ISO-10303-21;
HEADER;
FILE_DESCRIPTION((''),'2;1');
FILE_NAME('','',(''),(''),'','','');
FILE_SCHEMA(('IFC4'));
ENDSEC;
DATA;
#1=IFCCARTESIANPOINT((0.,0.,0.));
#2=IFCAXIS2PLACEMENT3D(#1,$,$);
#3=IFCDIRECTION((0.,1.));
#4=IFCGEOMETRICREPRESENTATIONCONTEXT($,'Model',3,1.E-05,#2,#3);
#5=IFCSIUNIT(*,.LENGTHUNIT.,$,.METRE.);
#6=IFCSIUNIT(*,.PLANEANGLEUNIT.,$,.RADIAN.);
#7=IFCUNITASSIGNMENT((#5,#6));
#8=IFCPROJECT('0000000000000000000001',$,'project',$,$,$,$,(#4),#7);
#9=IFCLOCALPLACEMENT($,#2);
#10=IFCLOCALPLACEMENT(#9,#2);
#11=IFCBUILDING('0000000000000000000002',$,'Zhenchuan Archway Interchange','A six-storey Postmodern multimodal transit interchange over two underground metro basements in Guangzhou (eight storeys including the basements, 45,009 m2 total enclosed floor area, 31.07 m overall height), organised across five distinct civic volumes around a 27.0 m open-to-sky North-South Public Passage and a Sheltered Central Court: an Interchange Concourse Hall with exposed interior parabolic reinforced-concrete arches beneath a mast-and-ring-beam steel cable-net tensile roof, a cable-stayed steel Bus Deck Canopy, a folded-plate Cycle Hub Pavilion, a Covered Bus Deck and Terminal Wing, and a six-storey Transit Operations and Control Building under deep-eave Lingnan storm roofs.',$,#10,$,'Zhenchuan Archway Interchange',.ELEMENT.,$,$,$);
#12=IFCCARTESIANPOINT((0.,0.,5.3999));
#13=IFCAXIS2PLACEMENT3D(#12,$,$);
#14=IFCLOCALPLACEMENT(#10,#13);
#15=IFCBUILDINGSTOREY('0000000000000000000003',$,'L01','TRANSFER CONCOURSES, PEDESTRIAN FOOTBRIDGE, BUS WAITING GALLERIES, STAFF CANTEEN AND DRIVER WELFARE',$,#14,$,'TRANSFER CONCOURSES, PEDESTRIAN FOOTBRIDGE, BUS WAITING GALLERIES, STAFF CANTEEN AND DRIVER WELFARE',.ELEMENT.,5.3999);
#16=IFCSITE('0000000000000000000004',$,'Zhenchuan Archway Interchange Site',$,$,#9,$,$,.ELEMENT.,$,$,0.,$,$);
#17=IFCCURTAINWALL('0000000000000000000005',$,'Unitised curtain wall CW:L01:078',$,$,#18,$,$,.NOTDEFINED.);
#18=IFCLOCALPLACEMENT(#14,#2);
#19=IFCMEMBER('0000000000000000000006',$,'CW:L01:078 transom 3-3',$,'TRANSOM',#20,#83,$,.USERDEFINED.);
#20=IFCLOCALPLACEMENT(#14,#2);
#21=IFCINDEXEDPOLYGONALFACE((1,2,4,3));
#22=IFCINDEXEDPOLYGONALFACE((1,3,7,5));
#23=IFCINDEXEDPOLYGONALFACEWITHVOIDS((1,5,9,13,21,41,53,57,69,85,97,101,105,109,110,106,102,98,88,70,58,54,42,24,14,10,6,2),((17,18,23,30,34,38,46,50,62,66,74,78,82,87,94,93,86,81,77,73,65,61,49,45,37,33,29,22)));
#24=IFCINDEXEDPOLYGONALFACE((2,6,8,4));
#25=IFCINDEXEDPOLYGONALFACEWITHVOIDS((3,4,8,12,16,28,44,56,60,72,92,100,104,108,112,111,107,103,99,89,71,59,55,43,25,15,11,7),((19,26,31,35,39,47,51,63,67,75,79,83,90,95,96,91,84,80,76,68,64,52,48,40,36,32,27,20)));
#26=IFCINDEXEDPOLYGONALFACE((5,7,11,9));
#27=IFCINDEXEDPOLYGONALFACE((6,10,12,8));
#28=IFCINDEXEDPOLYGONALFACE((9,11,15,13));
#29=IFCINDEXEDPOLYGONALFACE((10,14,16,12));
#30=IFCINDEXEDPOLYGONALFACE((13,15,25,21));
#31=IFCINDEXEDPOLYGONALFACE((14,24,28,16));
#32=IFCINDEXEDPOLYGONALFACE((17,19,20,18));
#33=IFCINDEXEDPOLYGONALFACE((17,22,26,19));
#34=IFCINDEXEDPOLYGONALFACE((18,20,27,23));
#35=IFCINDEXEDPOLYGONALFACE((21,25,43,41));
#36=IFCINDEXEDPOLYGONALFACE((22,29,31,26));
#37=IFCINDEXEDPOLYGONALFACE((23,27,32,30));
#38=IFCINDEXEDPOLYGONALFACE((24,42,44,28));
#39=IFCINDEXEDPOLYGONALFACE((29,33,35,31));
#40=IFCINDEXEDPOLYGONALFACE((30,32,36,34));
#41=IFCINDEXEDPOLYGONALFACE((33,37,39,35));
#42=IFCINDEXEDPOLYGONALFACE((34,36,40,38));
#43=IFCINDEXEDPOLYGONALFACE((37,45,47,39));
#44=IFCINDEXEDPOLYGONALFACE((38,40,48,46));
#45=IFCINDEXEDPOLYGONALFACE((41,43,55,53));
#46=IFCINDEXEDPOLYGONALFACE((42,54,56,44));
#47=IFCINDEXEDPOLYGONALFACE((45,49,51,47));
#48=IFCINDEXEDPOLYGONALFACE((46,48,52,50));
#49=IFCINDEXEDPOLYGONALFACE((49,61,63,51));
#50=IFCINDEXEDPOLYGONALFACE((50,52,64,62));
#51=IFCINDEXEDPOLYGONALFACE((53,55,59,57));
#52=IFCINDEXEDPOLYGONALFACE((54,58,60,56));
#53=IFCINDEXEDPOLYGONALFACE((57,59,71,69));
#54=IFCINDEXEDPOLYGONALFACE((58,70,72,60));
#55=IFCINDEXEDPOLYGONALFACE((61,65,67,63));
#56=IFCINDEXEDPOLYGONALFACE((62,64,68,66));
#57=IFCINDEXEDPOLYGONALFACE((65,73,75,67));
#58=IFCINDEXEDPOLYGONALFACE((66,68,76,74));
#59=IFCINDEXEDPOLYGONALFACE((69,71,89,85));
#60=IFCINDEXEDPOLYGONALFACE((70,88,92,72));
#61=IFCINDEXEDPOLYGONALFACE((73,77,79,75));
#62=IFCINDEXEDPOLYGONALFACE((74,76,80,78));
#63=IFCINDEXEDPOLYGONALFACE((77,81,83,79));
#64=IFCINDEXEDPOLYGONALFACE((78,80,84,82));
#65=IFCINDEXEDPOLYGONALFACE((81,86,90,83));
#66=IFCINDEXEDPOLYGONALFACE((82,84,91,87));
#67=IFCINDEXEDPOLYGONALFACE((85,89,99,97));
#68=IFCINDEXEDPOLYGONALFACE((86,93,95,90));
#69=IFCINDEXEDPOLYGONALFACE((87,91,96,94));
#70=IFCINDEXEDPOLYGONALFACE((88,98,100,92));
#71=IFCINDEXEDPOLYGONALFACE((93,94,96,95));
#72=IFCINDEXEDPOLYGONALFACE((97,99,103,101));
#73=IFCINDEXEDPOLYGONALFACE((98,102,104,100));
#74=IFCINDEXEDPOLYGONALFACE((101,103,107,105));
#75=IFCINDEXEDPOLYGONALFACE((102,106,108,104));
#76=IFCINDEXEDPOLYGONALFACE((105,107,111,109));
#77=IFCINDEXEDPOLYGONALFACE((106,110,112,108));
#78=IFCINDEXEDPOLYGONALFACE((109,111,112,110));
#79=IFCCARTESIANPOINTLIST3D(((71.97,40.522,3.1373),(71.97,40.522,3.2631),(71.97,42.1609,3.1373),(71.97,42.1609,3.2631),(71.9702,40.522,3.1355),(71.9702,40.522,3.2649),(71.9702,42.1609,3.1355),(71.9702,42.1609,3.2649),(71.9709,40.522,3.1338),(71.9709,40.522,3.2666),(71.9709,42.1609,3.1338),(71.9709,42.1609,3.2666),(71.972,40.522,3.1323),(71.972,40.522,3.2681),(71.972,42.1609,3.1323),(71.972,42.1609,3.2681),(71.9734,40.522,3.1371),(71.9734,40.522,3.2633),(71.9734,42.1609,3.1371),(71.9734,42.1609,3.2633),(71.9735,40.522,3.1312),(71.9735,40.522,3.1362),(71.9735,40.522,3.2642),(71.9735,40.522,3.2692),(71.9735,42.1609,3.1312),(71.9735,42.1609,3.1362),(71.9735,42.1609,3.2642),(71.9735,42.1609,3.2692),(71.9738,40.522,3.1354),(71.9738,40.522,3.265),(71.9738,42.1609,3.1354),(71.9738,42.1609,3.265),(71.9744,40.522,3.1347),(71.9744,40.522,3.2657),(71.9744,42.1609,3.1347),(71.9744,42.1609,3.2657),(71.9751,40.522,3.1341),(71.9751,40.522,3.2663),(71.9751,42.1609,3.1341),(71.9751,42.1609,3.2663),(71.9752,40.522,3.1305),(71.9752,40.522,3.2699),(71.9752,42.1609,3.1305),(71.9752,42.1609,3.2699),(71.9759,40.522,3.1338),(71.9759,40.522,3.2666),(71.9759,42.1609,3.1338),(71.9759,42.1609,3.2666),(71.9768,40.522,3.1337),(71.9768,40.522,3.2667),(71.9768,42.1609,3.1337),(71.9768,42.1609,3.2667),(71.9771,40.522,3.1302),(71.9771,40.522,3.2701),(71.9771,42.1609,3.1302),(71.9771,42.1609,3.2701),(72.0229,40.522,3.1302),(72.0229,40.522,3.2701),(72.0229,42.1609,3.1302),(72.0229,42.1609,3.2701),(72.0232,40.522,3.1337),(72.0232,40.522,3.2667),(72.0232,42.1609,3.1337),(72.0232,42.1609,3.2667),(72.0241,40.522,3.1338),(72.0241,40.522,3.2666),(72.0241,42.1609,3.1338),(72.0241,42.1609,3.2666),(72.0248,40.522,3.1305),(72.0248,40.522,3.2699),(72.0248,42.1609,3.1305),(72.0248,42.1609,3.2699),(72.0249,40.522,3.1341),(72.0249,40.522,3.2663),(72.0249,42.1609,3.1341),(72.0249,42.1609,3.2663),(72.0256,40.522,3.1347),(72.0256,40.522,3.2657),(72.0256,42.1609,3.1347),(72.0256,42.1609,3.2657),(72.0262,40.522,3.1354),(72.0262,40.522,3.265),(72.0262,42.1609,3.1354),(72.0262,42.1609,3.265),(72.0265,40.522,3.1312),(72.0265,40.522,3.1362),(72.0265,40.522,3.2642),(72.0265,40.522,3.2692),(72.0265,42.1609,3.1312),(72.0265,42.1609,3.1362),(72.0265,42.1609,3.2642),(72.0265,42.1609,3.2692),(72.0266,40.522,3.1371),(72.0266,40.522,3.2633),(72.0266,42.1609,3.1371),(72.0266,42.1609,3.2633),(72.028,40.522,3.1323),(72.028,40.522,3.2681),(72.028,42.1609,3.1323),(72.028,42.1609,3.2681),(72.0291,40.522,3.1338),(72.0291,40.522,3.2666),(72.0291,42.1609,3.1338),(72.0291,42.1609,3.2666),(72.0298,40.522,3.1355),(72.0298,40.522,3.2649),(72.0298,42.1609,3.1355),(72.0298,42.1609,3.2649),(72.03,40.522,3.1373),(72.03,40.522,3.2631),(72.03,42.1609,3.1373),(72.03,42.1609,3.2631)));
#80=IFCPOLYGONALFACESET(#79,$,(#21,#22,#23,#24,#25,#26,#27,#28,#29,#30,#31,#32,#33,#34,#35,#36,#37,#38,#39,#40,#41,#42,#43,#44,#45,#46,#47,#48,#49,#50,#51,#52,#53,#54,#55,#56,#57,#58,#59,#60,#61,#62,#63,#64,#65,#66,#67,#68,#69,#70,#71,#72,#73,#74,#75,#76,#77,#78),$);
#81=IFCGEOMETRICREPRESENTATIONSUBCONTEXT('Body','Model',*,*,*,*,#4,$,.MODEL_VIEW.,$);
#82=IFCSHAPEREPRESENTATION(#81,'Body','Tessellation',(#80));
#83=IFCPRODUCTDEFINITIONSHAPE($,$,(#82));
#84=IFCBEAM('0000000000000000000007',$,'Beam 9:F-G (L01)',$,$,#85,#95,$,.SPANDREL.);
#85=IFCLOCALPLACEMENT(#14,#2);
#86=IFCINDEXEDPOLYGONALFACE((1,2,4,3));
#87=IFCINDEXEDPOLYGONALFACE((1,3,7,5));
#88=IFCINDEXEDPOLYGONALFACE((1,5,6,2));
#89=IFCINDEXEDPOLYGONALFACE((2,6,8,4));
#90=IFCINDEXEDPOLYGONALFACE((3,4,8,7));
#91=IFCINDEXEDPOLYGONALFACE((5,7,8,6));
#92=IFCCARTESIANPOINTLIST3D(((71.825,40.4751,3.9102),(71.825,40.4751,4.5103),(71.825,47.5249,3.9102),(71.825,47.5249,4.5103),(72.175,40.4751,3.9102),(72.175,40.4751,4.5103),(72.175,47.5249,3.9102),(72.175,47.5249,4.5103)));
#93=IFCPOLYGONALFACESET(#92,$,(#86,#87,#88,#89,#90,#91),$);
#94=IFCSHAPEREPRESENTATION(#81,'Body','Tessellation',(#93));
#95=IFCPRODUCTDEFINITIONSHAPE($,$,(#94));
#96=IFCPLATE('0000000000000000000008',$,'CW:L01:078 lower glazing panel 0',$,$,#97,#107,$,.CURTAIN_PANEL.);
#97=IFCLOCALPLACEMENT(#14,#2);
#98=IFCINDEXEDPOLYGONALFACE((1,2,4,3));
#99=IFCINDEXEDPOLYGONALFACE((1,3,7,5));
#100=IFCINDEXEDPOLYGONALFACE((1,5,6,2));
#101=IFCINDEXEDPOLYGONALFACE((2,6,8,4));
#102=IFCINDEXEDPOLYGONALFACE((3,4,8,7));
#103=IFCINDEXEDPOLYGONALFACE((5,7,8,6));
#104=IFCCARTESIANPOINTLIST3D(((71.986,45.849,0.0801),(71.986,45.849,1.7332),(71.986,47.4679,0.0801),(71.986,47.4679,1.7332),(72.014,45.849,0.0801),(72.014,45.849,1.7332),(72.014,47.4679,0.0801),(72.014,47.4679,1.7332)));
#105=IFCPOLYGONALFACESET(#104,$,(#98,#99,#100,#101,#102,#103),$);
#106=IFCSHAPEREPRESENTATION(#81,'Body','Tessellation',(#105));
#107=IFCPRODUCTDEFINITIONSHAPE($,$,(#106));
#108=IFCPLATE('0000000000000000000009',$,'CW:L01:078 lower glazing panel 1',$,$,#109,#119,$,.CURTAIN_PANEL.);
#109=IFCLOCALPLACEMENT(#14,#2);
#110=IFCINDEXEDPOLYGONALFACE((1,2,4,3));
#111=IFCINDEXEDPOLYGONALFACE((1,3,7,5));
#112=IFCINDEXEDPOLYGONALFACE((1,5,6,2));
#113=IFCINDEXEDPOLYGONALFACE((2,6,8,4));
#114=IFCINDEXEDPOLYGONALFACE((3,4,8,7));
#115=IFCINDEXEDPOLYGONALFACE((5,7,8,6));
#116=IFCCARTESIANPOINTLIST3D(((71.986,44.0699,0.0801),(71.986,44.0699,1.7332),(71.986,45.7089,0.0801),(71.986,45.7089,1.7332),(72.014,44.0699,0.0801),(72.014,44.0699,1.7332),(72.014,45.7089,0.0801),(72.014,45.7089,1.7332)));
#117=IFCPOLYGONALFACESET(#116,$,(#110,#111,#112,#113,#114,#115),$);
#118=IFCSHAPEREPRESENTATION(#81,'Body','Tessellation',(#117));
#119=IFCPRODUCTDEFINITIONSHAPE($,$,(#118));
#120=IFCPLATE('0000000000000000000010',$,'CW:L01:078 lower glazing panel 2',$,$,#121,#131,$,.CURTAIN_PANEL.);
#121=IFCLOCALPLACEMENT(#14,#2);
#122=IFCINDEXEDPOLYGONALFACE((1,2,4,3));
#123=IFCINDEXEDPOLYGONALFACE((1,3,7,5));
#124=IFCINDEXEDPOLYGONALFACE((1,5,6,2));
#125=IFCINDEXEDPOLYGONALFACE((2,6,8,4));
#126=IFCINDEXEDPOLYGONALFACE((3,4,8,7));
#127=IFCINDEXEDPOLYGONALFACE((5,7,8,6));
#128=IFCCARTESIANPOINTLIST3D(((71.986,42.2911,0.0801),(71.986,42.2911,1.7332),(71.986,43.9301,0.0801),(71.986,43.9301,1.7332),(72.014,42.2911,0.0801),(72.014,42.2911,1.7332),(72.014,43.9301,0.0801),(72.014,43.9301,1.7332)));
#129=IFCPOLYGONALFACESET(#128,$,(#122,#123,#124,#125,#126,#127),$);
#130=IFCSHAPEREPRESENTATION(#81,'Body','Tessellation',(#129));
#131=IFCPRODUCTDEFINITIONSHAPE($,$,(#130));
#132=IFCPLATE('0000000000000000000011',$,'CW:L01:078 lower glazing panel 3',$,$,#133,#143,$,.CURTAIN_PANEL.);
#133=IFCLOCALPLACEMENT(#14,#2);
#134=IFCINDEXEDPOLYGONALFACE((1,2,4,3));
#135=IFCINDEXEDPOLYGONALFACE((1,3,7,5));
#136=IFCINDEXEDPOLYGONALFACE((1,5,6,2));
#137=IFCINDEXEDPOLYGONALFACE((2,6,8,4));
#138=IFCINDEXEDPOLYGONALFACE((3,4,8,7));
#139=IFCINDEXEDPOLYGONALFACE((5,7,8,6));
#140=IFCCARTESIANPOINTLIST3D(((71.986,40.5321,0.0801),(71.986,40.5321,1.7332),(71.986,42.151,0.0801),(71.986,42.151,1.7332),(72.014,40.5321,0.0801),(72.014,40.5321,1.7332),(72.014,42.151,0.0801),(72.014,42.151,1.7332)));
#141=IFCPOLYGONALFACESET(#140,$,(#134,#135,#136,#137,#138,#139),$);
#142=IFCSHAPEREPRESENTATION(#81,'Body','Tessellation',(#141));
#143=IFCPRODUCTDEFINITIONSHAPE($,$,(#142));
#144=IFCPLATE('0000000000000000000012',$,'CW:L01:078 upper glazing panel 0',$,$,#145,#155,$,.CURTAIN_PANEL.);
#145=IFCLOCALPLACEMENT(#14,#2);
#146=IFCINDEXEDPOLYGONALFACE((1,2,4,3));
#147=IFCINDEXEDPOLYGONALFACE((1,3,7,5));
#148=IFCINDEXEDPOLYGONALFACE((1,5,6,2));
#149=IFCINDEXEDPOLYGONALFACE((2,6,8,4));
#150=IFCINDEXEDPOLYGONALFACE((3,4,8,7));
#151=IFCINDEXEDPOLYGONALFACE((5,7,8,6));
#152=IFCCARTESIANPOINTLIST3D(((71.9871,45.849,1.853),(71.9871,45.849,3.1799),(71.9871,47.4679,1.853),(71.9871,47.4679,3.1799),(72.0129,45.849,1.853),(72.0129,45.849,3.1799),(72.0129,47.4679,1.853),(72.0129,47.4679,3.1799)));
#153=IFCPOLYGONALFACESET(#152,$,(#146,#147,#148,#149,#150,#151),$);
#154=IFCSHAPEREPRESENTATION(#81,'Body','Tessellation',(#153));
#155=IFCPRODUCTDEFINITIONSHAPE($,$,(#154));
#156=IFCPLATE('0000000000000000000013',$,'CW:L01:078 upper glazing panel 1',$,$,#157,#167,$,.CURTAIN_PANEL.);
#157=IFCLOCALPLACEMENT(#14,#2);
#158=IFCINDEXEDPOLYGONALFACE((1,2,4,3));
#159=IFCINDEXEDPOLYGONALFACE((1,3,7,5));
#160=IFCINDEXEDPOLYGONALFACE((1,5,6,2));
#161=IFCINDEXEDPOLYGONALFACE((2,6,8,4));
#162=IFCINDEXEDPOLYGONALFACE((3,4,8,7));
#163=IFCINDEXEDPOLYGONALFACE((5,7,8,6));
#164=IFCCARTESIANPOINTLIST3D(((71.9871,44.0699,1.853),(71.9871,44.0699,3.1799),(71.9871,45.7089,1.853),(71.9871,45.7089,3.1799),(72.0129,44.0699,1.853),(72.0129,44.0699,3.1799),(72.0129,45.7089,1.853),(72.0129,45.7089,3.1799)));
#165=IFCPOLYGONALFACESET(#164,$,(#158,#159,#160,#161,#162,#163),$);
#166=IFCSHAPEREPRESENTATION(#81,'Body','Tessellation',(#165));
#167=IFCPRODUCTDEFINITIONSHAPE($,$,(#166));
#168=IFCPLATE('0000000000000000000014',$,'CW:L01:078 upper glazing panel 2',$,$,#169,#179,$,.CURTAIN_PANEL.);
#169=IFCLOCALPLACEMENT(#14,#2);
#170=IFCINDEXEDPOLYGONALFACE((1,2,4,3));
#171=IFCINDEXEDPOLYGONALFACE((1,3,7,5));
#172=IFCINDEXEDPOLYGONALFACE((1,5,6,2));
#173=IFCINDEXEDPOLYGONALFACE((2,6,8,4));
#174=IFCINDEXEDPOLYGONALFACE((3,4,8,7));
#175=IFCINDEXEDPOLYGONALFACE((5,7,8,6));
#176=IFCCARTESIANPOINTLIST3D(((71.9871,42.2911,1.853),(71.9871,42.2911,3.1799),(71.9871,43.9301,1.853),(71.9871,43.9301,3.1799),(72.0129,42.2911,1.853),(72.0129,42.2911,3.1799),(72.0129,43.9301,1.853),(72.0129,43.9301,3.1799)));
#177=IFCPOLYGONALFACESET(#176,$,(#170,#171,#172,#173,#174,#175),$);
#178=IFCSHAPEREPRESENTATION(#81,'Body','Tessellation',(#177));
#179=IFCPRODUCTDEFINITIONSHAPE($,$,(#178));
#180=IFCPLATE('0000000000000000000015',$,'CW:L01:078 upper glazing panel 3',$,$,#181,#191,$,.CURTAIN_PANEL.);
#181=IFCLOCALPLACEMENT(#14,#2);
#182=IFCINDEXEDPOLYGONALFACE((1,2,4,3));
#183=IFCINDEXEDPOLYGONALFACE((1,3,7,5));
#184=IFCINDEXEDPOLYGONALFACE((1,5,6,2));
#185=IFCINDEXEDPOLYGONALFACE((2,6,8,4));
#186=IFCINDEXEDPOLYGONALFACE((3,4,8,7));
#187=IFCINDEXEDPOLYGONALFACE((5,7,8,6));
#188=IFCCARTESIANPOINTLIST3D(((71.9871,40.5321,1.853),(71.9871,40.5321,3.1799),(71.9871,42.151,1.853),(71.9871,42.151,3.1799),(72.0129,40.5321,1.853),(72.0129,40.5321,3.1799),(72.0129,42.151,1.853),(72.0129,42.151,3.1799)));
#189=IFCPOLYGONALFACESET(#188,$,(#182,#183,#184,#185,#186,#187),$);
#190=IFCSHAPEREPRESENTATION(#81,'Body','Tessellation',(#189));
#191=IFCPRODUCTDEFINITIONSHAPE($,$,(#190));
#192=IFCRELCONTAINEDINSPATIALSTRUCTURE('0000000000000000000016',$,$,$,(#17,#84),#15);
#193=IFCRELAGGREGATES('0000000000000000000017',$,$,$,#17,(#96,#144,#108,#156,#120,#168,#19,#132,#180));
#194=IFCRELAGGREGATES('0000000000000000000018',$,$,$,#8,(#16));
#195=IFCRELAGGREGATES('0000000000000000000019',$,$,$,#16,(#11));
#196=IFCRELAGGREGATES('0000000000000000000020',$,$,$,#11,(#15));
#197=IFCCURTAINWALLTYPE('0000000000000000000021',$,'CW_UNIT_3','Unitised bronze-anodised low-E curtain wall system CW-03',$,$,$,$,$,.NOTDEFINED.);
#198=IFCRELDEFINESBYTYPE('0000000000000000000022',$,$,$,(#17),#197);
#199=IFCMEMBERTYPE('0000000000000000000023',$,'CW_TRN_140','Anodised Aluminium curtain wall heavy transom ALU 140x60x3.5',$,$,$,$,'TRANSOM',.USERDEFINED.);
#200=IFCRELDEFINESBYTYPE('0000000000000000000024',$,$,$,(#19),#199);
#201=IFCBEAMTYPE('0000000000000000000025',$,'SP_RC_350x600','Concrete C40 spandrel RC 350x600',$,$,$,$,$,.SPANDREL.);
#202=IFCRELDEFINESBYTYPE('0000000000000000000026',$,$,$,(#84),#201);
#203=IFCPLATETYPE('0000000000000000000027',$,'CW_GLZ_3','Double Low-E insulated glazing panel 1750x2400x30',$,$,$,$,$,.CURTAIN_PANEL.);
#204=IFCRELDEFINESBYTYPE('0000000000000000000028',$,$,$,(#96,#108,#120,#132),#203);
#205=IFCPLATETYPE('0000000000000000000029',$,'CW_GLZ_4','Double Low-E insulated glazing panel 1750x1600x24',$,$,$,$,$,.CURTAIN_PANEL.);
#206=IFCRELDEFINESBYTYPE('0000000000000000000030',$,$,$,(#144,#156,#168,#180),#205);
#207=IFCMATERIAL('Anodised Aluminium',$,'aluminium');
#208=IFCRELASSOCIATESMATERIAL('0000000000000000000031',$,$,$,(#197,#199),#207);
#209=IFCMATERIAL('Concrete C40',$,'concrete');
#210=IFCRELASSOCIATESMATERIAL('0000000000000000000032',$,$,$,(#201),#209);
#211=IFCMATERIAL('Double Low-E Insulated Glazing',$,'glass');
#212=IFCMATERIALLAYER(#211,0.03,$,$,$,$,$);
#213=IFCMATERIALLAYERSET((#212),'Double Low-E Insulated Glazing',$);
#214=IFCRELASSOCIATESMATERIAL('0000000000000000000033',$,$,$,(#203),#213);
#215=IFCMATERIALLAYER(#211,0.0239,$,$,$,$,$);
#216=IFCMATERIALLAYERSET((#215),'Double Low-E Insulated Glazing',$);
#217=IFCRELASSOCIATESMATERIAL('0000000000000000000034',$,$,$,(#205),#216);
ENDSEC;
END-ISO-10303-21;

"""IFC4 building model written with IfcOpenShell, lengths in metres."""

from ifc_helpers import new_model, si_unit, direction, frame, origin, origin_2d, place, context, subcontext, project, spatial, rectangle, hollow_rectangle, extrude, material, layer, layer_set, material_profile, profile_set, type_object, element, aggregate, save


model = new_model("IFC4")

# Units and contexts
model_context = context("Model", 3, precision=1e-05, world=origin(), true_north=direction((0.0, 1.0)))
body_context = subcontext(model_context, "Body", "Model", "MODEL_VIEW")
ifc_project = project(units=[si_unit("LENGTHUNIT", "METRE"), si_unit("PLANEANGLEUNIT", "RADIAN")], contexts=[model_context])

# Site, building, storey
site_placement = place(None, origin())
site = spatial("IfcSite", under=ifc_project, at=site_placement, Name="Zhenchuan Archway Interchange Site", CompositionType="ELEMENT", RefElevation=0.0)
building_placement = place(site_placement, origin())
building = spatial("IfcBuilding", under=site, at=building_placement, Name="Zhenchuan Archway Interchange", Description="A six-storey Postmodern multimodal transit interchange over two underground metro basements in Guangzhou (eight storeys including the basements, 45,009 m2 total enclosed floor area, 31.07 m overall height), organised across five distinct civic volumes around a 27.0 m open-to-sky North-South Public Passage and a Sheltered Central Court: an Interchange Concourse Hall with exposed interior parabolic reinforced-concrete arches beneath a mast-and-ring-beam steel cable-net tensile roof, a cable-stayed steel Bus Deck Canopy, a folded-plate Cycle Hub Pavilion, a Covered Bus Deck and Terminal Wing, and a six-storey Transit Operations and Control Building under deep-eave Lingnan storm roofs.", LongName="Zhenchuan Archway Interchange", CompositionType="ELEMENT")
storey_placement = place(building_placement, frame((0.0, 0.0, 5.3999)))
storey = spatial("IfcBuildingStorey", under=building, at=storey_placement, Name="L01", Description="TRANSFER CONCOURSES, PEDESTRIAN FOOTBRIDGE, BUS WAITING GALLERIES, STAFF CANTEEN AND DRIVER WELFARE", LongName="TRANSFER CONCOURSES, PEDESTRIAN FOOTBRIDGE, BUS WAITING GALLERIES, STAFF CANTEEN AND DRIVER WELFARE", CompositionType="ELEMENT", Elevation=5.3999)

# Curtain wall, member
ifc_material_1 = material(Name="Anodised Aluminium", Category="aluminium")
curtain_wall_type = type_object("IfcCurtainWallType", Name="CW_UNIT_3", Description="Unitised bronze-anodised low-E curtain wall system CW-03", PredefinedType="NOTDEFINED", material=ifc_material_1)
curtain_wall_placement = place(storey_placement, origin())
curtain_wall = element("IfcCurtainWall", 1, at=curtain_wall_placement, inside=storey, type_object=curtain_wall_type, Name="Unitised curtain wall CW:L01:078", PredefinedType="NOTDEFINED")
ifc_material_profile_1 = material_profile(ifc_material_1, hollow_rectangle(XDim=0.0601, YDim=0.1399, WallThickness=0.0034, InnerFilletRadius=0.0034, OuterFilletRadius=0.0071, at=origin_2d()), Name="ALU 140x60x3.5")
ifc_profile_set_1 = profile_set([ifc_material_profile_1], Name="Anodised Aluminium")
member_type_1 = type_object("IfcMemberType", Name="CW_TRN_140", Description="Anodised Aluminium curtain wall heavy transom ALU 140x60x3.5", ElementType="TRANSOM", PredefinedType="USERDEFINED", material=ifc_profile_set_1)
member_1_placement = place(storey_placement, frame((72.0, 42.1609, 3.2002), z_axis=(0.0, -1.0, 0.0), x_axis=(1.0, 0.0, 0.0)))
member_1 = element("IfcMember", 2, at=member_1_placement, type_object=member_type_1, Name="CW:L01:078 transom 3-3", ObjectType="TRANSOM", PredefinedType="USERDEFINED", context=body_context, shape_type="SweptSolid", body=[
    extrude(hollow_rectangle(XDim=0.0601, YDim=0.1399, WallThickness=0.0034, InnerFilletRadius=0.0034, OuterFilletRadius=0.0071, at=origin_2d()), origin(), (0.0, 0.0, 1.0), 1.6389),
])

# Beam
ifc_material_2 = material(Name="Concrete C40", Category="concrete")
ifc_material_profile_2 = material_profile(ifc_material_2, rectangle(XDim=0.3501, YDim=0.6001, at=origin_2d()), Name="RC 350x600")
ifc_profile_set_2 = profile_set([ifc_material_profile_2], Name="Concrete C40")
beam_type = type_object("IfcBeamType", Name="SP_RC_350x600", Description="Concrete C40 spandrel RC 350x600", PredefinedType="SPANDREL", material=ifc_profile_set_2)
beam_placement = place(storey_placement, frame((72.0, 40.4751, 4.2102), z_axis=(0.0, 1.0, 0.0), x_axis=(-1.0, 0.0, 0.0)))
element("IfcBeam", 3, at=beam_placement, inside=storey, type_object=beam_type, Name="Beam 9:F-G (L01)", PredefinedType="SPANDREL", context=body_context, shape_type="SweptSolid", body=[
    extrude(rectangle(XDim=0.3501, YDim=0.6001, at=origin_2d()), origin(), (0.0, 0.0, 1.0), 7.0498),
])

# Plates
ifc_material_3 = material(Name="Double Low-E Insulated Glazing", Category="glass")
ifc_layer_1 = layer(ifc_material_3, 0.03)
ifc_layer_set_1 = layer_set([ifc_layer_1], Name="Double Low-E Insulated Glazing")
plate_type_1 = type_object("IfcPlateType", Name="CW_GLZ_3", Description="Double Low-E insulated glazing panel 1750x2400x30", PredefinedType="CURTAIN_PANEL", material=ifc_layer_set_1)
plate_1_placement = place(storey_placement, frame((72.0, 46.6584, 0.0801), z_axis=(0.0, 0.0, 1.0), x_axis=(0.0, -1.0, 0.0)))
plate_1 = element("IfcPlate", 4, at=plate_1_placement, type_object=plate_type_1, Name="CW:L01:078 lower glazing panel 0", PredefinedType="CURTAIN_PANEL", context=body_context, shape_type="SweptSolid", body=[
    extrude(rectangle(XDim=1.6189, YDim=0.0281, at=origin_2d()), origin(), (0.0, 0.0, 1.0), 1.6531),
])
plate_2_placement = place(storey_placement, frame((72.0, 44.8894, 0.0801), z_axis=(0.0, 0.0, 1.0), x_axis=(0.0, -1.0, 0.0)))
plate_2 = element("IfcPlate", 5, at=plate_2_placement, type_object=plate_type_1, Name="CW:L01:078 lower glazing panel 1", PredefinedType="CURTAIN_PANEL", context=body_context, shape_type="SweptSolid", body=[
    extrude(rectangle(XDim=1.6389, YDim=0.0281, at=origin_2d()), origin(), (0.0, 0.0, 1.0), 1.6531),
])
plate_3_placement = place(storey_placement, frame((72.0, 43.1106, 0.0801), z_axis=(0.0, 0.0, 1.0), x_axis=(0.0, -1.0, 0.0)))
plate_3 = element("IfcPlate", 6, at=plate_3_placement, type_object=plate_type_1, Name="CW:L01:078 lower glazing panel 2", PredefinedType="CURTAIN_PANEL", context=body_context, shape_type="SweptSolid", body=[
    extrude(rectangle(XDim=1.6389, YDim=0.0281, at=origin_2d()), origin(), (0.0, 0.0, 1.0), 1.6531),
])
plate_4_placement = place(storey_placement, frame((72.0, 41.3416, 0.0801), z_axis=(0.0, 0.0, 1.0), x_axis=(0.0, -1.0, 0.0)))
plate_4 = element("IfcPlate", 7, at=plate_4_placement, type_object=plate_type_1, Name="CW:L01:078 lower glazing panel 3", PredefinedType="CURTAIN_PANEL", context=body_context, shape_type="SweptSolid", body=[
    extrude(rectangle(XDim=1.6189, YDim=0.0281, at=origin_2d()), origin(), (0.0, 0.0, 1.0), 1.6531),
])
ifc_layer_2 = layer(ifc_material_3, 0.0239)
ifc_layer_set_2 = layer_set([ifc_layer_2], Name="Double Low-E Insulated Glazing")
plate_type_2 = type_object("IfcPlateType", Name="CW_GLZ_4", Description="Double Low-E insulated glazing panel 1750x1600x24", PredefinedType="CURTAIN_PANEL", material=ifc_layer_set_2)
plate_5_placement = place(storey_placement, frame((72.0, 46.6584, 1.853), z_axis=(0.0, 0.0, 1.0), x_axis=(0.0, -1.0, 0.0)))
plate_5 = element("IfcPlate", 8, at=plate_5_placement, type_object=plate_type_2, Name="CW:L01:078 upper glazing panel 0", PredefinedType="CURTAIN_PANEL", context=body_context, shape_type="SweptSolid", body=[
    extrude(rectangle(XDim=1.6189, YDim=0.0259, at=origin_2d()), origin(), (0.0, 0.0, 1.0), 1.3269),
])
plate_6_placement = place(storey_placement, frame((72.0, 44.8894, 1.853), z_axis=(0.0, 0.0, 1.0), x_axis=(0.0, -1.0, 0.0)))
plate_6 = element("IfcPlate", 9, at=plate_6_placement, type_object=plate_type_2, Name="CW:L01:078 upper glazing panel 1", PredefinedType="CURTAIN_PANEL", context=body_context, shape_type="SweptSolid", body=[
    extrude(rectangle(XDim=1.6389, YDim=0.0259, at=origin_2d()), origin(), (0.0, 0.0, 1.0), 1.3269),
])
plate_7_placement = place(storey_placement, frame((72.0, 43.1106, 1.853), z_axis=(0.0, 0.0, 1.0), x_axis=(0.0, -1.0, 0.0)))
plate_7 = element("IfcPlate", 10, at=plate_7_placement, type_object=plate_type_2, Name="CW:L01:078 upper glazing panel 2", PredefinedType="CURTAIN_PANEL", context=body_context, shape_type="SweptSolid", body=[
    extrude(rectangle(XDim=1.6389, YDim=0.0259, at=origin_2d()), origin(), (0.0, 0.0, 1.0), 1.3269),
])
plate_8_placement = place(storey_placement, frame((72.0, 41.3416, 1.853), z_axis=(0.0, 0.0, 1.0), x_axis=(0.0, -1.0, 0.0)))
plate_8 = element("IfcPlate", 11, at=plate_8_placement, type_object=plate_type_2, Name="CW:L01:078 upper glazing panel 3", PredefinedType="CURTAIN_PANEL", context=body_context, shape_type="SweptSolid", body=[
    extrude(rectangle(XDim=1.6189, YDim=0.0259, at=origin_2d()), origin(), (0.0, 0.0, 1.0), 1.3269),
])
aggregate(curtain_wall, [plate_1, plate_5, plate_2, plate_6, plate_3, plate_7, member_1, plate_4, plate_8])

save(model, "model.ifc")
